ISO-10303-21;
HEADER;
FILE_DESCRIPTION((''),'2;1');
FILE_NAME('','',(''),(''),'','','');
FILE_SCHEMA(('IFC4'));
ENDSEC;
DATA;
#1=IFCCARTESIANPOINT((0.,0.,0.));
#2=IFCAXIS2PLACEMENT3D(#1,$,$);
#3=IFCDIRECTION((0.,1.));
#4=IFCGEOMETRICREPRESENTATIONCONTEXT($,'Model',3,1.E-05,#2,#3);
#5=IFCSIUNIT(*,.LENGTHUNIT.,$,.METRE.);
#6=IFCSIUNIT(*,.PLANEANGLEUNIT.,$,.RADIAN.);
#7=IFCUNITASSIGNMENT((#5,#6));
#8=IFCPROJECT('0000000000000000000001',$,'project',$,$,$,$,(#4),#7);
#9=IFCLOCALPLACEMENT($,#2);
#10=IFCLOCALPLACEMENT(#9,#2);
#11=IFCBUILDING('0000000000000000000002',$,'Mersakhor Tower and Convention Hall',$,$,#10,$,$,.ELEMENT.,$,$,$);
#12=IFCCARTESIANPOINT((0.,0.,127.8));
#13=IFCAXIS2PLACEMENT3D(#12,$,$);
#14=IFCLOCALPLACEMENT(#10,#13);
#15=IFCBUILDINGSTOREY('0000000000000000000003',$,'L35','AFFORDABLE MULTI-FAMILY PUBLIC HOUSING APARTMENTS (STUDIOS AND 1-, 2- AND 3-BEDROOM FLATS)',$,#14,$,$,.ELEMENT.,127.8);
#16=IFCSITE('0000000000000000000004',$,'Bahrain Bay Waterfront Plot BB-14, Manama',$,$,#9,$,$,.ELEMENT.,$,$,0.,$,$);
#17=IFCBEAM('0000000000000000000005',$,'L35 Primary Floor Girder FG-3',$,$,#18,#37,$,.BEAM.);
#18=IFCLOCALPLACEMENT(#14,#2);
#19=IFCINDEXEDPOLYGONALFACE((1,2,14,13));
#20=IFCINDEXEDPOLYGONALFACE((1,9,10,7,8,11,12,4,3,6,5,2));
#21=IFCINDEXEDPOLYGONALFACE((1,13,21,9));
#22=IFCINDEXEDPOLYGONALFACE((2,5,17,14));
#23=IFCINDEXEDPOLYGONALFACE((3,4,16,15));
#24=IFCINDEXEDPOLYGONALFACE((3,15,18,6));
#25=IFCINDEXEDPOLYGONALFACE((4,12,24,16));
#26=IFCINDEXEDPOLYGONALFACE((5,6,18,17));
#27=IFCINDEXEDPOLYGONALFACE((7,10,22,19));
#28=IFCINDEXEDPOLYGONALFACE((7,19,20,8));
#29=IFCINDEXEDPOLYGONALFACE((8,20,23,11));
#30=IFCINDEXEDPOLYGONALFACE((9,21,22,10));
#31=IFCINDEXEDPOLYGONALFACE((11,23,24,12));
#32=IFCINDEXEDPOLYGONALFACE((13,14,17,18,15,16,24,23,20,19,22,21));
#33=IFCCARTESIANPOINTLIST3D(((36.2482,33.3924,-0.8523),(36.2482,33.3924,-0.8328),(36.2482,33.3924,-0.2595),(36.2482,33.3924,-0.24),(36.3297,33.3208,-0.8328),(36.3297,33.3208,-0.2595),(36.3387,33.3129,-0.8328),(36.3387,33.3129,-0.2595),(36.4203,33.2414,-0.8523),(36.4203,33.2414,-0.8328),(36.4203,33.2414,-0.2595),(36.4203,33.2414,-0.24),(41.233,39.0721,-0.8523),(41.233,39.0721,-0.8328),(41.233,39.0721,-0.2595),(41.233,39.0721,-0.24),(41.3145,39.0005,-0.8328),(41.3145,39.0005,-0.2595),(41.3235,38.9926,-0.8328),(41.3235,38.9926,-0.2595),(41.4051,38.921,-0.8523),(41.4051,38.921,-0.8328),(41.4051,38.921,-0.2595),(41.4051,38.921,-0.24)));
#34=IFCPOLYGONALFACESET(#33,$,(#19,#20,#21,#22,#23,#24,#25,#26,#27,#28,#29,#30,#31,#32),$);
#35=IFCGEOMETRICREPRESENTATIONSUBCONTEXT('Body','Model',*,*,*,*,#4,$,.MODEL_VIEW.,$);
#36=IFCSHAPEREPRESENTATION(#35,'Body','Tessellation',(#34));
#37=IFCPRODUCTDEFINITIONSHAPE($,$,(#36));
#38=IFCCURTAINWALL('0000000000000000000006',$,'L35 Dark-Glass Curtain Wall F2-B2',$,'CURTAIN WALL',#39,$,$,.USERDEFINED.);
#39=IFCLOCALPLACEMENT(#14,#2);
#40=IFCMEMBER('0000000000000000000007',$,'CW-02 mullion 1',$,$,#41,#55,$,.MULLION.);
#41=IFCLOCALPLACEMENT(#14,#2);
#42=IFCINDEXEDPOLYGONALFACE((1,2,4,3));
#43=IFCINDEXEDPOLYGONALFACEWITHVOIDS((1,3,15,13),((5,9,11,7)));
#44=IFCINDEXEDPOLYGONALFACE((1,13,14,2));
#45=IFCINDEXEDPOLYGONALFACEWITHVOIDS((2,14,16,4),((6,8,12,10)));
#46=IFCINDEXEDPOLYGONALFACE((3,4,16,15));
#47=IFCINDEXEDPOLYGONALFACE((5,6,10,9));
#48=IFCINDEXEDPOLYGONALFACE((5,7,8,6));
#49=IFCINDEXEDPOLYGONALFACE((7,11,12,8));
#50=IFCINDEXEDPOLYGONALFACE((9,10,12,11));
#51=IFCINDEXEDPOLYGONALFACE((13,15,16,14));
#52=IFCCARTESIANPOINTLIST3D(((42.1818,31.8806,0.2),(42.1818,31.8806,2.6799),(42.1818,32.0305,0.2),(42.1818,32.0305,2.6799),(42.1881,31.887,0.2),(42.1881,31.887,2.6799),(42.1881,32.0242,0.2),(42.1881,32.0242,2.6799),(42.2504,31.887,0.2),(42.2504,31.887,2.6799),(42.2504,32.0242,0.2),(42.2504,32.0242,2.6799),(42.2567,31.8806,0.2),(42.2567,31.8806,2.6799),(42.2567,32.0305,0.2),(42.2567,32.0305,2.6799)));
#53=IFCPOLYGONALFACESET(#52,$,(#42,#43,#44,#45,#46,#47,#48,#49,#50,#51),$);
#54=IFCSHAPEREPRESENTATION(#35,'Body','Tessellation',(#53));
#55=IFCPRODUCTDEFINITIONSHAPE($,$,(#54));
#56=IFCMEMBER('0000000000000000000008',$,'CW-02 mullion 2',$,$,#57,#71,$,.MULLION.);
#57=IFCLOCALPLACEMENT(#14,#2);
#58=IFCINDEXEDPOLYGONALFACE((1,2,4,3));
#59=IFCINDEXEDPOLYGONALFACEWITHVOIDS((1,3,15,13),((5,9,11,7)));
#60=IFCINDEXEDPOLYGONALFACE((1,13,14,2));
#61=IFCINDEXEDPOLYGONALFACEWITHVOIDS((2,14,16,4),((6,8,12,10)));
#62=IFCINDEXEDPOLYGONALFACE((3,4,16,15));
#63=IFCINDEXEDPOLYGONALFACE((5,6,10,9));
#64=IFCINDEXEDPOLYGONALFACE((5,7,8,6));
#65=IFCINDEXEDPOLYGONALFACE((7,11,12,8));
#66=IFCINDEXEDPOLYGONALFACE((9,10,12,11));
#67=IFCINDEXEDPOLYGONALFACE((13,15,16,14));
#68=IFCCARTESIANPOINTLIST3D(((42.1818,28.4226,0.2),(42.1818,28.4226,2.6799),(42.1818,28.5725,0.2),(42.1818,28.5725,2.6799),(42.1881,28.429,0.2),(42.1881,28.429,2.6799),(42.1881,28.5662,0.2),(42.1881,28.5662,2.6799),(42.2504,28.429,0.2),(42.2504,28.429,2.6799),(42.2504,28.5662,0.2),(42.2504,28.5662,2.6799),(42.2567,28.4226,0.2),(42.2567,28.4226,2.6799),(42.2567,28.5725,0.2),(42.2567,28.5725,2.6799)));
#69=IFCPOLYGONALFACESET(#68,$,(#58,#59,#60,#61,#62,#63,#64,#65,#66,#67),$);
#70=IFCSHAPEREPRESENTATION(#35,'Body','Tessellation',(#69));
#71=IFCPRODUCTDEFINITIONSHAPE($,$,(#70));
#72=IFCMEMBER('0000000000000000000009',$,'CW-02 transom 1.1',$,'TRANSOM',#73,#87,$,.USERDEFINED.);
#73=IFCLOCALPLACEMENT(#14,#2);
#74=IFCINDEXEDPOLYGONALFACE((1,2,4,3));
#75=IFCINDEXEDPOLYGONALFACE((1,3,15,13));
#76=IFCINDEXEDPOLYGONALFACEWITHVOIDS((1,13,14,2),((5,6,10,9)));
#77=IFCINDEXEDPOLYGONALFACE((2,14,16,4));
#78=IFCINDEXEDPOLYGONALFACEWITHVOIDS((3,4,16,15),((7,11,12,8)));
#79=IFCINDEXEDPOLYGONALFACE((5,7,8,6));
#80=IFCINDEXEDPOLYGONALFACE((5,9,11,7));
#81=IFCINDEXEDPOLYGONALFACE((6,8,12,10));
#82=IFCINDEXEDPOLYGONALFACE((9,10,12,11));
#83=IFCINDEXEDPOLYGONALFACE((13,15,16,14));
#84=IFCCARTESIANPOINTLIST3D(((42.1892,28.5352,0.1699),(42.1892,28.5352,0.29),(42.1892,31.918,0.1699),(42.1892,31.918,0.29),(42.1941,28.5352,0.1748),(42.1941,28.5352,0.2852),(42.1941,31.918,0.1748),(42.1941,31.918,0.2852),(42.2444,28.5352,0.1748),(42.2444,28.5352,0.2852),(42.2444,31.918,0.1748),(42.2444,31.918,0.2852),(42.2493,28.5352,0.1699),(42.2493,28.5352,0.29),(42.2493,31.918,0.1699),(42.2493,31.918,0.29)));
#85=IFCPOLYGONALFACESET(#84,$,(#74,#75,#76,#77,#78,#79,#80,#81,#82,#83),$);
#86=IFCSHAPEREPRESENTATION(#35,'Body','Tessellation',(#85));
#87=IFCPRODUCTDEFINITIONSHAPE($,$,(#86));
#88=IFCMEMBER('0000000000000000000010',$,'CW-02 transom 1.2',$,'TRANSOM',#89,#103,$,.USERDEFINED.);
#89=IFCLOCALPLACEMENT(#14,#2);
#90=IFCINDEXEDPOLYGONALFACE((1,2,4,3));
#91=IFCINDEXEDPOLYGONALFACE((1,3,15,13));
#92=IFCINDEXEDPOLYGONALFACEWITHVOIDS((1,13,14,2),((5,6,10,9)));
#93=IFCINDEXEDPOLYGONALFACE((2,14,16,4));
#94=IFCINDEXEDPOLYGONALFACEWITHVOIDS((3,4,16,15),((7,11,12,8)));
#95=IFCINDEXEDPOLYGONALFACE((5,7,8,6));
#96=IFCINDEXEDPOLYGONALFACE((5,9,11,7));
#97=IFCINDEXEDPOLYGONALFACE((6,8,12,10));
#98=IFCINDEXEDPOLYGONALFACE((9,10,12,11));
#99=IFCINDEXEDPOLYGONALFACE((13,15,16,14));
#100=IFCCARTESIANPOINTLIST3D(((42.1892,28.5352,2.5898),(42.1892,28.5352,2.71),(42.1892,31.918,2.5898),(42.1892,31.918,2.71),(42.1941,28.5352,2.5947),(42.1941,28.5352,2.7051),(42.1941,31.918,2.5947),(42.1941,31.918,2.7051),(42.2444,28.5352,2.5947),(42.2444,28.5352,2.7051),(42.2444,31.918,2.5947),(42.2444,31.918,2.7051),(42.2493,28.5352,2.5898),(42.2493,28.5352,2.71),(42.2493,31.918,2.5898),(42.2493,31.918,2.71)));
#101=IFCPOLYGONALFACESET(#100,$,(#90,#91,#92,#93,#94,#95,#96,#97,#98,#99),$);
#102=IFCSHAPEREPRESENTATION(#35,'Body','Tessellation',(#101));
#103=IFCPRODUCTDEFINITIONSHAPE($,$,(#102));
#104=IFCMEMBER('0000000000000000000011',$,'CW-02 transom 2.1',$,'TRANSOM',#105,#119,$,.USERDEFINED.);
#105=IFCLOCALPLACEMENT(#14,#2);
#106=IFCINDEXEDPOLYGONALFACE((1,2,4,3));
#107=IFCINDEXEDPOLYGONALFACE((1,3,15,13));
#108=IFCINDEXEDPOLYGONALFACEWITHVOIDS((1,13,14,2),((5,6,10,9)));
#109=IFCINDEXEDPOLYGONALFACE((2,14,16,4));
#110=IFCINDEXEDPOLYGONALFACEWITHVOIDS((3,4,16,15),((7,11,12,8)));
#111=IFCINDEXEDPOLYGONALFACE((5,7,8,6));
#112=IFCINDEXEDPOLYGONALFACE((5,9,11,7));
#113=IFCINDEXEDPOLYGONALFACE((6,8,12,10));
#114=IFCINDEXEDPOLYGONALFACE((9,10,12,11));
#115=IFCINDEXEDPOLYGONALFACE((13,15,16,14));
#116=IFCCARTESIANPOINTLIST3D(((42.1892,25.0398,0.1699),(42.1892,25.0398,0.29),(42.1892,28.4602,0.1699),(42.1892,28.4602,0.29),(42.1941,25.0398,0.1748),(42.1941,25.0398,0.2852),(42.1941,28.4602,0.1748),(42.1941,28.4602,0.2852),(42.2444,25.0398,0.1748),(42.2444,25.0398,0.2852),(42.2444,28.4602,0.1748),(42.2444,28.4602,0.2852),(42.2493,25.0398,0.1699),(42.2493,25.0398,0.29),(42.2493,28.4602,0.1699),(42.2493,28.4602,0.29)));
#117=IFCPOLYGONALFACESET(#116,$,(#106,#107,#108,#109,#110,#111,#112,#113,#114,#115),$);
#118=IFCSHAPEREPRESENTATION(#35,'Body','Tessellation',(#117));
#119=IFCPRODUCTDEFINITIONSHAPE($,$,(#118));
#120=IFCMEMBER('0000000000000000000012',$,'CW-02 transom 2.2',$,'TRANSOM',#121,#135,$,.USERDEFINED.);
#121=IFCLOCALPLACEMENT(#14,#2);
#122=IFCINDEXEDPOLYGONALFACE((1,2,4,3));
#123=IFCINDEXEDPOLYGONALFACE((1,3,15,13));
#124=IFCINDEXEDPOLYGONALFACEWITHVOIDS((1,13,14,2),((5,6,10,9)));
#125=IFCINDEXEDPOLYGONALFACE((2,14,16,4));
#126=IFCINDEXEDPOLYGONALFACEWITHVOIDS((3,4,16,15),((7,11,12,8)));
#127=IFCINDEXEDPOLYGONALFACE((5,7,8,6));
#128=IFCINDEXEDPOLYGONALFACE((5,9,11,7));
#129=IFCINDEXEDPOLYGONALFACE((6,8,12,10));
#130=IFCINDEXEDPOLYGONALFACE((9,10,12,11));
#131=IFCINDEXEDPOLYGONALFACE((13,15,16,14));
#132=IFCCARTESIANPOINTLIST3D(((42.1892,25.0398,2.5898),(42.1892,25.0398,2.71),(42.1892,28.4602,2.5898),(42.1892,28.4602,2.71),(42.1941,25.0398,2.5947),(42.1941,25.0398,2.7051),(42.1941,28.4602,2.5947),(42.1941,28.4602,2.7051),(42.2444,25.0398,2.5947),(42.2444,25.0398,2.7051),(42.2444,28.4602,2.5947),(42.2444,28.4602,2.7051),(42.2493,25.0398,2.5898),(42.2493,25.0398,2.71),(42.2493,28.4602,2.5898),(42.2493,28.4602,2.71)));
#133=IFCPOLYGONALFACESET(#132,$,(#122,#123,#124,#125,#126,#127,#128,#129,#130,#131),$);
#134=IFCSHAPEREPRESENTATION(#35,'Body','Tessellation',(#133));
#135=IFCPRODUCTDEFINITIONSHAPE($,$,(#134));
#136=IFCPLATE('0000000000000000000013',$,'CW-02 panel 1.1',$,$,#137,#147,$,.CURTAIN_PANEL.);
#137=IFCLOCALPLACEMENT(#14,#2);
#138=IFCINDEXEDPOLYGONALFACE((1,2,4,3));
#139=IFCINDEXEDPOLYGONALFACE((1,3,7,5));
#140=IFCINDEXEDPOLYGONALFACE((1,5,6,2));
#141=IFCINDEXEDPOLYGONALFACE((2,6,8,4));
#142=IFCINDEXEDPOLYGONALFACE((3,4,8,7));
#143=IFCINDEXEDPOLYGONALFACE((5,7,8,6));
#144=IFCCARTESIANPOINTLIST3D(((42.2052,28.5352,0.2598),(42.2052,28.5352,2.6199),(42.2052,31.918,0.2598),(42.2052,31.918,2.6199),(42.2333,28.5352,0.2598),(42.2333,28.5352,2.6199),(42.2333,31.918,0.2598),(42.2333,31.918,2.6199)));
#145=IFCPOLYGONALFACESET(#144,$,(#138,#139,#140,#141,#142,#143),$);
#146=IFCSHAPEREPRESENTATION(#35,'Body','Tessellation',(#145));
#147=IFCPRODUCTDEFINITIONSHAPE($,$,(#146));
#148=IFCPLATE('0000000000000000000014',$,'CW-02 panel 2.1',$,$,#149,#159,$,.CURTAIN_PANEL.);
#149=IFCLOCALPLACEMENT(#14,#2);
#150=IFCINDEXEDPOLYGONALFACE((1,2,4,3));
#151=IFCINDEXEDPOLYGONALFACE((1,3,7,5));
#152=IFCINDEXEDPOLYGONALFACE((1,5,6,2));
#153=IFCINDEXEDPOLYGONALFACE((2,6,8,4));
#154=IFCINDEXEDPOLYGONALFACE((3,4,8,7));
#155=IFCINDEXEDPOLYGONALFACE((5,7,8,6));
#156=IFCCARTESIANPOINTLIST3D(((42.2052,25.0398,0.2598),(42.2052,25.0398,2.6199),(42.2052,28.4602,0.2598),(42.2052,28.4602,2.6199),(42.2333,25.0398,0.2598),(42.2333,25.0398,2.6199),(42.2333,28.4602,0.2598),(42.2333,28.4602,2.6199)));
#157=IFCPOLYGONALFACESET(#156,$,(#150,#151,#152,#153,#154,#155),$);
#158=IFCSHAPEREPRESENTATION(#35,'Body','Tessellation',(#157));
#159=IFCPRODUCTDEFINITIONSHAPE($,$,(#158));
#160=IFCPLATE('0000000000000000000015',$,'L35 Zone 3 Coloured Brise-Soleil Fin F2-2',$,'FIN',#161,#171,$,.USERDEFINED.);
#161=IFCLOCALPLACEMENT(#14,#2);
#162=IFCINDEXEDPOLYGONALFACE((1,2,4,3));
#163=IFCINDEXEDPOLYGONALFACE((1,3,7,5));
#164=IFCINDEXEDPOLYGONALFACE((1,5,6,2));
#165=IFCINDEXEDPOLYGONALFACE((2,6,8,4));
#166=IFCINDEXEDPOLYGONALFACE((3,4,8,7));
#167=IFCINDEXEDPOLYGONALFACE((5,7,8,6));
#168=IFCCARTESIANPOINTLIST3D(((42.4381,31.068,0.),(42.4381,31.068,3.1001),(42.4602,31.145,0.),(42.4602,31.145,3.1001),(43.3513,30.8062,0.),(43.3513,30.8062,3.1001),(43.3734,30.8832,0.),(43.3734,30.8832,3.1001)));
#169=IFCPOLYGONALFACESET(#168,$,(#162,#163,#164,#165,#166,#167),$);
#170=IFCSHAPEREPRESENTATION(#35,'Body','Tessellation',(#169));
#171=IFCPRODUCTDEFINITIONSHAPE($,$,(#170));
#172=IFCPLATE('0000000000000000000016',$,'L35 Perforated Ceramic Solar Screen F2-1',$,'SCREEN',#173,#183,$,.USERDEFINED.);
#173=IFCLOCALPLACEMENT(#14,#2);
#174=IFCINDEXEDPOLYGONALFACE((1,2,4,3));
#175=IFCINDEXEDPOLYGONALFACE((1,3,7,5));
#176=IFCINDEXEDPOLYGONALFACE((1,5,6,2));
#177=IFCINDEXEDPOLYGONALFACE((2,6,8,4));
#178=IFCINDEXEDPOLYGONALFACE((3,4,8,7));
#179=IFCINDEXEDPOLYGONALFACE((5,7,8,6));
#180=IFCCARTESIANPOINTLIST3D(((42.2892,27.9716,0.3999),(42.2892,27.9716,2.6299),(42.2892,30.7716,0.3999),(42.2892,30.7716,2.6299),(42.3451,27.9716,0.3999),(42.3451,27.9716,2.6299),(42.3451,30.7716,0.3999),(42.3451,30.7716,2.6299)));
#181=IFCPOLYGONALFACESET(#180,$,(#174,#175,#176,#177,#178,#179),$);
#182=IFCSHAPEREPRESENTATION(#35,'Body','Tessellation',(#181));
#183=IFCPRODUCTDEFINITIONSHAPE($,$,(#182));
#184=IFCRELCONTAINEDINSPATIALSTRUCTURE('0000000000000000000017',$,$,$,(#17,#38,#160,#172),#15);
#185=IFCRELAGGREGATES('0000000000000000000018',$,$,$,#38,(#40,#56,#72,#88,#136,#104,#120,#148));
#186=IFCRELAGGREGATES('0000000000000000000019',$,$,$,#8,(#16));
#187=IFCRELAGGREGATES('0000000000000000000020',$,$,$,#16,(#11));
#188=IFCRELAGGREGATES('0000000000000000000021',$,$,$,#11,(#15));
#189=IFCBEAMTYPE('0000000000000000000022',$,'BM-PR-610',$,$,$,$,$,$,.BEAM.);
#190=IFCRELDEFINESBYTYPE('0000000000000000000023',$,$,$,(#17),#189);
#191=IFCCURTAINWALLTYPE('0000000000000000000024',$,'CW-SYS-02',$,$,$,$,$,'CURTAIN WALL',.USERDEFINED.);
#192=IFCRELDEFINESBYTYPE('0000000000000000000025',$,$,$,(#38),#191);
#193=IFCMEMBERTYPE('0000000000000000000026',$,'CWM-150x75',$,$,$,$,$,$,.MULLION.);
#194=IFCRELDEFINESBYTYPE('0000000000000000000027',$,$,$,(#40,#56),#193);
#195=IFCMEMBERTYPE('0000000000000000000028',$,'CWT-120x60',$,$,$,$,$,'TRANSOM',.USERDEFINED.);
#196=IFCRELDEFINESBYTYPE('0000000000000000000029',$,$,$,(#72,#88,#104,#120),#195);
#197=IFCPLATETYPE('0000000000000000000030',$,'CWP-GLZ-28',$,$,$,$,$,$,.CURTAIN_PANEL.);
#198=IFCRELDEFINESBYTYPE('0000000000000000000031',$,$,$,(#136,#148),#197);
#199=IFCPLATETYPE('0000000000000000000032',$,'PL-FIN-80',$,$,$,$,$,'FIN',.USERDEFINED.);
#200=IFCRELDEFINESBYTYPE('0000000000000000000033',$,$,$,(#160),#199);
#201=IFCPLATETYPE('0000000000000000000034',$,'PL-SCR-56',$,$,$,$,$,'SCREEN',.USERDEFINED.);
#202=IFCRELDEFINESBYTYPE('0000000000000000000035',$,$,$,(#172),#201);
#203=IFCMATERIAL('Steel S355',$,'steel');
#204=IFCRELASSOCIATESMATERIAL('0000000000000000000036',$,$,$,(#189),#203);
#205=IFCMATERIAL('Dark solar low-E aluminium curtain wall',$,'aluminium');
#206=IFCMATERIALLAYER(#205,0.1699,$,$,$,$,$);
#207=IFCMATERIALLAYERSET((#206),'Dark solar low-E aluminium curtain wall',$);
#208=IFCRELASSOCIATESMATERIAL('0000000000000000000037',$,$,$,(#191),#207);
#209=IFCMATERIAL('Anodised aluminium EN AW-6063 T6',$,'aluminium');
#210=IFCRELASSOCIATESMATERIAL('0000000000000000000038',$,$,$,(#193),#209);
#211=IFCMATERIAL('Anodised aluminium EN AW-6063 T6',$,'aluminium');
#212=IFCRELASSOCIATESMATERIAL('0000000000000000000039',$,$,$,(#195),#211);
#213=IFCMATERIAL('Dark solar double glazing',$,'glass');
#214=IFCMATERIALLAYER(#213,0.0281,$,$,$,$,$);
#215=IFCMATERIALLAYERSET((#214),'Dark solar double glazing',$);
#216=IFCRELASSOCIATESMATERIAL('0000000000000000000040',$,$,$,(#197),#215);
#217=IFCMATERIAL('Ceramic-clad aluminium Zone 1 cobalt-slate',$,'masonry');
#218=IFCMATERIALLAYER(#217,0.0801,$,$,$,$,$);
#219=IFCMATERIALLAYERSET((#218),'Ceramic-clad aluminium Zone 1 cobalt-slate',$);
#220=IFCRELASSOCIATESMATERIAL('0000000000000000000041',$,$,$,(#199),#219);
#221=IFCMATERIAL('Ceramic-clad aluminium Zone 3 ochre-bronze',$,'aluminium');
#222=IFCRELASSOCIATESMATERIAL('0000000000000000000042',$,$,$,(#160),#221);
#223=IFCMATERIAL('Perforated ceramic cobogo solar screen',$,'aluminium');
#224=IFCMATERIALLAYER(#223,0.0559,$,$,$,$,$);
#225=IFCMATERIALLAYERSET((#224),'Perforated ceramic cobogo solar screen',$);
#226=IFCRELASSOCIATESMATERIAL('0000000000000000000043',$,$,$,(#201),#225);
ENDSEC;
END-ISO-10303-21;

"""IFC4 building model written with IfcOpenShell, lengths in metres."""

from ifc_helpers import new_model, si_unit, direction, frame, origin, origin_2d, place, context, subcontext, project, spatial, rectangle, hollow_rectangle, i_section, extrude, material, layer, layer_set, material_profile, profile_set, type_object, element, aggregate, save


model = new_model("IFC4")

# Units and contexts
model_context = context("Model", 3, precision=1e-05, world=origin(), true_north=direction((0.0, 1.0)))
body_context = subcontext(model_context, "Body", "Model", "MODEL_VIEW")
ifc_project = project(units=[si_unit("LENGTHUNIT", "METRE"), si_unit("PLANEANGLEUNIT", "RADIAN")], contexts=[model_context])

# Site, building, storey
site_placement = place(None, origin())
site = spatial("IfcSite", under=ifc_project, at=site_placement, Name="Bahrain Bay Waterfront Plot BB-14, Manama", CompositionType="ELEMENT", RefElevation=0.0)
building_placement = place(site_placement, origin())
building = spatial("IfcBuilding", under=site, at=building_placement, Name="Mersakhor Tower and Convention Hall", CompositionType="ELEMENT")
storey_placement = place(building_placement, frame((0.0, 0.0, 127.8)))
storey = spatial("IfcBuildingStorey", under=building, at=storey_placement, Name="L35", Description="AFFORDABLE MULTI-FAMILY PUBLIC HOUSING APARTMENTS (STUDIOS AND 1-, 2- AND 3-BEDROOM FLATS)", CompositionType="ELEMENT", Elevation=127.8)

# Beam
ifc_material_1 = material(Name="Steel S355", Category="steel")
ifc_material_profile_1 = material_profile(ifc_material_1, i_section(OverallWidth=0.229, OverallDepth=0.6123, WebThickness=0.012, FlangeThickness=0.0195, at=origin_2d()), Name="UB 610x229x125")
ifc_profile_set_1 = profile_set([ifc_material_profile_1], Name="Steel S355")
beam_type = type_object("IfcBeamType", Name="BM-PR-610", PredefinedType="BEAM", material=ifc_profile_set_1)
beam_placement = place(storey_placement, frame((36.3342, 33.3169, -0.5461), z_axis=(0.659638, 0.751583, 0.0), x_axis=(-0.751583, 0.659638, 0.0)))
element("IfcBeam", 1, at=beam_placement, inside=storey, type_object=beam_type, Name="L35 Primary Floor Girder FG-3", PredefinedType="BEAM", context=body_context, shape_type="SweptSolid", body=[
    extrude(i_section(OverallWidth=0.229, OverallDepth=0.6123, WebThickness=0.012, FlangeThickness=0.0195, at=origin_2d()), origin(), (0.0, 0.0, 1.0), 7.5569),
])

# Curtain wall, members, plates
ifc_material_2 = material(Name="Dark solar low-E aluminium curtain wall", Category="aluminium")
ifc_layer_1 = layer(ifc_material_2, 0.1699)
ifc_layer_set_1 = layer_set([ifc_layer_1], Name="Dark solar low-E aluminium curtain wall")
curtain_wall_type = type_object("IfcCurtainWallType", Name="CW-SYS-02", ElementType="CURTAIN WALL", PredefinedType="USERDEFINED", material=ifc_layer_set_1)
curtain_wall_placement = place(storey_placement, origin())
curtain_wall = element("IfcCurtainWall", 2, at=curtain_wall_placement, inside=storey, type_object=curtain_wall_type, Name="L35 Dark-Glass Curtain Wall F2-B2", ObjectType="CURTAIN WALL", PredefinedType="USERDEFINED")
ifc_material_3 = material(Name="Anodised aluminium EN AW-6063 T6", Category="aluminium")
ifc_material_profile_2 = material_profile(ifc_material_3, hollow_rectangle(XDim=0.075, YDim=0.1499, WallThickness=0.0063, at=origin_2d()), Name="RHS 150x75x6.3")
ifc_profile_set_2 = profile_set([ifc_material_profile_2], Name="Anodised aluminium EN AW-6063 T6")
member_type_1 = type_object("IfcMemberType", Name="CWM-150x75", PredefinedType="MULLION", material=ifc_profile_set_2)
member_1_placement = place(storey_placement, frame((42.2192, 31.9556, 0.2), z_axis=(0.0, 0.0, 1.0), x_axis=(1.0, 0.0, 0.0)))
member_1 = element("IfcMember", 3, at=member_1_placement, type_object=member_type_1, Name="CW-02 mullion 1", PredefinedType="MULLION", context=body_context, shape_type="SweptSolid", body=[
    extrude(hollow_rectangle(XDim=0.075, YDim=0.1499, WallThickness=0.0063, at=origin_2d()), origin(), (0.0, 0.0, 1.0), 2.48),
])
member_2_placement = place(storey_placement, frame((42.2192, 28.4976, 0.2), z_axis=(0.0, 0.0, 1.0), x_axis=(1.0, 0.0, 0.0)))
member_2 = element("IfcMember", 4, at=member_2_placement, type_object=member_type_1, Name="CW-02 mullion 2", PredefinedType="MULLION", context=body_context, shape_type="SweptSolid", body=[
    extrude(hollow_rectangle(XDim=0.075, YDim=0.1499, WallThickness=0.0063, at=origin_2d()), origin(), (0.0, 0.0, 1.0), 2.48),
])
ifc_material_4 = material(Name="Anodised aluminium EN AW-6063 T6", Category="aluminium")
ifc_material_profile_3 = material_profile(ifc_material_4, hollow_rectangle(XDim=0.0601, YDim=0.1201, WallThickness=0.0049, at=origin_2d()), Name="RHS 120x60x5")
ifc_profile_set_3 = profile_set([ifc_material_profile_3], Name="Anodised aluminium EN AW-6063 T6")
member_type_2 = type_object("IfcMemberType", Name="CWT-120x60", ElementType="TRANSOM", PredefinedType="USERDEFINED", material=ifc_profile_set_3)
member_3_placement = place(storey_placement, frame((42.2192, 31.918, 0.23), z_axis=(0.0, -1.0, 0.0), x_axis=(1.0, 0.0, 0.0)))
member_3 = element("IfcMember", 5, at=member_3_placement, type_object=member_type_2, Name="CW-02 transom 1.1", ObjectType="TRANSOM", PredefinedType="USERDEFINED", context=body_context, shape_type="SweptSolid", body=[
    extrude(hollow_rectangle(XDim=0.0601, YDim=0.1201, WallThickness=0.0049, at=origin_2d()), origin(), (0.0, 0.0, 1.0), 3.3828),
])
member_4_placement = place(storey_placement, frame((42.2192, 31.918, 2.6499), z_axis=(0.0, -1.0, 0.0), x_axis=(1.0, 0.0, 0.0)))
member_4 = element("IfcMember", 6, at=member_4_placement, type_object=member_type_2, Name="CW-02 transom 1.2", ObjectType="TRANSOM", PredefinedType="USERDEFINED", context=body_context, shape_type="SweptSolid", body=[
    extrude(hollow_rectangle(XDim=0.0601, YDim=0.1201, WallThickness=0.0049, at=origin_2d()), origin(), (0.0, 0.0, 1.0), 3.3828),
])
member_5_placement = place(storey_placement, frame((42.2192, 28.4602, 0.23), z_axis=(0.0, -1.0, 0.0), x_axis=(1.0, 0.0, 0.0)))
member_5 = element("IfcMember", 7, at=member_5_placement, type_object=member_type_2, Name="CW-02 transom 2.1", ObjectType="TRANSOM", PredefinedType="USERDEFINED", context=body_context, shape_type="SweptSolid", body=[
    extrude(hollow_rectangle(XDim=0.0601, YDim=0.1201, WallThickness=0.0049, at=origin_2d()), origin(), (0.0, 0.0, 1.0), 3.4204),
])
member_6_placement = place(storey_placement, frame((42.2192, 28.4602, 2.6499), z_axis=(0.0, -1.0, 0.0), x_axis=(1.0, 0.0, 0.0)))
member_6 = element("IfcMember", 8, at=member_6_placement, type_object=member_type_2, Name="CW-02 transom 2.2", ObjectType="TRANSOM", PredefinedType="USERDEFINED", context=body_context, shape_type="SweptSolid", body=[
    extrude(hollow_rectangle(XDim=0.0601, YDim=0.1201, WallThickness=0.0049, at=origin_2d()), origin(), (0.0, 0.0, 1.0), 3.4204),
])
ifc_material_5 = material(Name="Dark solar double glazing", Category="glass")
ifc_layer_2 = layer(ifc_material_5, 0.0281)
ifc_layer_set_2 = layer_set([ifc_layer_2], Name="Dark solar double glazing")
plate_type_1 = type_object("IfcPlateType", Name="CWP-GLZ-28", PredefinedType="CURTAIN_PANEL", material=ifc_layer_set_2)
plate_1_placement = place(storey_placement, frame((42.2192, 30.2266, 0.2598), z_axis=(0.0, 0.0, 1.0), x_axis=(0.0, -1.0, 0.0)))
plate_1 = element("IfcPlate", 9, at=plate_1_placement, type_object=plate_type_1, Name="CW-02 panel 1.1", PredefinedType="CURTAIN_PANEL", context=body_context, shape_type="SweptSolid", body=[
    extrude(rectangle(XDim=3.3828, YDim=0.0281, at=origin_2d()), origin(), (0.0, 0.0, 1.0), 2.3601),
])
plate_2_placement = place(storey_placement, frame((42.2192, 26.75, 0.2598), z_axis=(0.0, 0.0, 1.0), x_axis=(0.0, -1.0, 0.0)))
plate_2 = element("IfcPlate", 10, at=plate_2_placement, type_object=plate_type_1, Name="CW-02 panel 2.1", PredefinedType="CURTAIN_PANEL", context=body_context, shape_type="SweptSolid", body=[
    extrude(rectangle(XDim=3.4204, YDim=0.0281, at=origin_2d()), origin(), (0.0, 0.0, 1.0), 2.3601),
])
aggregate(curtain_wall, [member_1, member_2, member_3, member_4, plate_1, member_5, member_6, plate_2])

# Plates
ifc_material_6 = material(Name="Ceramic-clad aluminium Zone 3 ochre-bronze", Category="aluminium")
ifc_material_7 = material(Name="Ceramic-clad aluminium Zone 1 cobalt-slate", Category="masonry")
ifc_layer_3 = layer(ifc_material_7, 0.0801)
ifc_layer_set_3 = layer_set([ifc_layer_3], Name="Ceramic-clad aluminium Zone 1 cobalt-slate")
plate_type_2 = type_object("IfcPlateType", Name="PL-FIN-80", ElementType="FIN", PredefinedType="USERDEFINED", material=ifc_layer_set_3)
plate_3_placement = place(storey_placement, frame((42.9058, 30.9756, 0.0), z_axis=(0.0, 0.0, 1.0), x_axis=(0.961262, -0.275637, 0.0)))
element("IfcPlate", 11, at=plate_3_placement, inside=storey, type_object=plate_type_2, material=ifc_material_6, Name="L35 Zone 3 Coloured Brise-Soleil Fin F2-2", ObjectType="FIN", PredefinedType="USERDEFINED", context=body_context, shape_type="SweptSolid", body=[
    extrude(rectangle(XDim=0.95, YDim=0.0801, at=origin_2d()), origin(), (0.0, 0.0, 1.0), 3.1001),
])
ifc_material_8 = material(Name="Perforated ceramic cobogo solar screen", Category="aluminium")
ifc_layer_4 = layer(ifc_material_8, 0.0559)
ifc_layer_set_4 = layer_set([ifc_layer_4], Name="Perforated ceramic cobogo solar screen")
plate_type_3 = type_object("IfcPlateType", Name="PL-SCR-56", ElementType="SCREEN", PredefinedType="USERDEFINED", material=ifc_layer_set_4)
plate_4_placement = place(storey_placement, frame((42.3171, 29.3716, 0.3999), z_axis=(0.0, 0.0, 1.0), x_axis=(0.0, -1.0, 0.0)))
element("IfcPlate", 12, at=plate_4_placement, inside=storey, type_object=plate_type_3, Name="L35 Perforated Ceramic Solar Screen F2-1", ObjectType="SCREEN", PredefinedType="USERDEFINED", context=body_context, shape_type="SweptSolid", body=[
    extrude(rectangle(XDim=2.8, YDim=0.0559, at=origin_2d()), origin(), (0.0, 0.0, 1.0), 2.23),
])

save(model, "model.ifc")
